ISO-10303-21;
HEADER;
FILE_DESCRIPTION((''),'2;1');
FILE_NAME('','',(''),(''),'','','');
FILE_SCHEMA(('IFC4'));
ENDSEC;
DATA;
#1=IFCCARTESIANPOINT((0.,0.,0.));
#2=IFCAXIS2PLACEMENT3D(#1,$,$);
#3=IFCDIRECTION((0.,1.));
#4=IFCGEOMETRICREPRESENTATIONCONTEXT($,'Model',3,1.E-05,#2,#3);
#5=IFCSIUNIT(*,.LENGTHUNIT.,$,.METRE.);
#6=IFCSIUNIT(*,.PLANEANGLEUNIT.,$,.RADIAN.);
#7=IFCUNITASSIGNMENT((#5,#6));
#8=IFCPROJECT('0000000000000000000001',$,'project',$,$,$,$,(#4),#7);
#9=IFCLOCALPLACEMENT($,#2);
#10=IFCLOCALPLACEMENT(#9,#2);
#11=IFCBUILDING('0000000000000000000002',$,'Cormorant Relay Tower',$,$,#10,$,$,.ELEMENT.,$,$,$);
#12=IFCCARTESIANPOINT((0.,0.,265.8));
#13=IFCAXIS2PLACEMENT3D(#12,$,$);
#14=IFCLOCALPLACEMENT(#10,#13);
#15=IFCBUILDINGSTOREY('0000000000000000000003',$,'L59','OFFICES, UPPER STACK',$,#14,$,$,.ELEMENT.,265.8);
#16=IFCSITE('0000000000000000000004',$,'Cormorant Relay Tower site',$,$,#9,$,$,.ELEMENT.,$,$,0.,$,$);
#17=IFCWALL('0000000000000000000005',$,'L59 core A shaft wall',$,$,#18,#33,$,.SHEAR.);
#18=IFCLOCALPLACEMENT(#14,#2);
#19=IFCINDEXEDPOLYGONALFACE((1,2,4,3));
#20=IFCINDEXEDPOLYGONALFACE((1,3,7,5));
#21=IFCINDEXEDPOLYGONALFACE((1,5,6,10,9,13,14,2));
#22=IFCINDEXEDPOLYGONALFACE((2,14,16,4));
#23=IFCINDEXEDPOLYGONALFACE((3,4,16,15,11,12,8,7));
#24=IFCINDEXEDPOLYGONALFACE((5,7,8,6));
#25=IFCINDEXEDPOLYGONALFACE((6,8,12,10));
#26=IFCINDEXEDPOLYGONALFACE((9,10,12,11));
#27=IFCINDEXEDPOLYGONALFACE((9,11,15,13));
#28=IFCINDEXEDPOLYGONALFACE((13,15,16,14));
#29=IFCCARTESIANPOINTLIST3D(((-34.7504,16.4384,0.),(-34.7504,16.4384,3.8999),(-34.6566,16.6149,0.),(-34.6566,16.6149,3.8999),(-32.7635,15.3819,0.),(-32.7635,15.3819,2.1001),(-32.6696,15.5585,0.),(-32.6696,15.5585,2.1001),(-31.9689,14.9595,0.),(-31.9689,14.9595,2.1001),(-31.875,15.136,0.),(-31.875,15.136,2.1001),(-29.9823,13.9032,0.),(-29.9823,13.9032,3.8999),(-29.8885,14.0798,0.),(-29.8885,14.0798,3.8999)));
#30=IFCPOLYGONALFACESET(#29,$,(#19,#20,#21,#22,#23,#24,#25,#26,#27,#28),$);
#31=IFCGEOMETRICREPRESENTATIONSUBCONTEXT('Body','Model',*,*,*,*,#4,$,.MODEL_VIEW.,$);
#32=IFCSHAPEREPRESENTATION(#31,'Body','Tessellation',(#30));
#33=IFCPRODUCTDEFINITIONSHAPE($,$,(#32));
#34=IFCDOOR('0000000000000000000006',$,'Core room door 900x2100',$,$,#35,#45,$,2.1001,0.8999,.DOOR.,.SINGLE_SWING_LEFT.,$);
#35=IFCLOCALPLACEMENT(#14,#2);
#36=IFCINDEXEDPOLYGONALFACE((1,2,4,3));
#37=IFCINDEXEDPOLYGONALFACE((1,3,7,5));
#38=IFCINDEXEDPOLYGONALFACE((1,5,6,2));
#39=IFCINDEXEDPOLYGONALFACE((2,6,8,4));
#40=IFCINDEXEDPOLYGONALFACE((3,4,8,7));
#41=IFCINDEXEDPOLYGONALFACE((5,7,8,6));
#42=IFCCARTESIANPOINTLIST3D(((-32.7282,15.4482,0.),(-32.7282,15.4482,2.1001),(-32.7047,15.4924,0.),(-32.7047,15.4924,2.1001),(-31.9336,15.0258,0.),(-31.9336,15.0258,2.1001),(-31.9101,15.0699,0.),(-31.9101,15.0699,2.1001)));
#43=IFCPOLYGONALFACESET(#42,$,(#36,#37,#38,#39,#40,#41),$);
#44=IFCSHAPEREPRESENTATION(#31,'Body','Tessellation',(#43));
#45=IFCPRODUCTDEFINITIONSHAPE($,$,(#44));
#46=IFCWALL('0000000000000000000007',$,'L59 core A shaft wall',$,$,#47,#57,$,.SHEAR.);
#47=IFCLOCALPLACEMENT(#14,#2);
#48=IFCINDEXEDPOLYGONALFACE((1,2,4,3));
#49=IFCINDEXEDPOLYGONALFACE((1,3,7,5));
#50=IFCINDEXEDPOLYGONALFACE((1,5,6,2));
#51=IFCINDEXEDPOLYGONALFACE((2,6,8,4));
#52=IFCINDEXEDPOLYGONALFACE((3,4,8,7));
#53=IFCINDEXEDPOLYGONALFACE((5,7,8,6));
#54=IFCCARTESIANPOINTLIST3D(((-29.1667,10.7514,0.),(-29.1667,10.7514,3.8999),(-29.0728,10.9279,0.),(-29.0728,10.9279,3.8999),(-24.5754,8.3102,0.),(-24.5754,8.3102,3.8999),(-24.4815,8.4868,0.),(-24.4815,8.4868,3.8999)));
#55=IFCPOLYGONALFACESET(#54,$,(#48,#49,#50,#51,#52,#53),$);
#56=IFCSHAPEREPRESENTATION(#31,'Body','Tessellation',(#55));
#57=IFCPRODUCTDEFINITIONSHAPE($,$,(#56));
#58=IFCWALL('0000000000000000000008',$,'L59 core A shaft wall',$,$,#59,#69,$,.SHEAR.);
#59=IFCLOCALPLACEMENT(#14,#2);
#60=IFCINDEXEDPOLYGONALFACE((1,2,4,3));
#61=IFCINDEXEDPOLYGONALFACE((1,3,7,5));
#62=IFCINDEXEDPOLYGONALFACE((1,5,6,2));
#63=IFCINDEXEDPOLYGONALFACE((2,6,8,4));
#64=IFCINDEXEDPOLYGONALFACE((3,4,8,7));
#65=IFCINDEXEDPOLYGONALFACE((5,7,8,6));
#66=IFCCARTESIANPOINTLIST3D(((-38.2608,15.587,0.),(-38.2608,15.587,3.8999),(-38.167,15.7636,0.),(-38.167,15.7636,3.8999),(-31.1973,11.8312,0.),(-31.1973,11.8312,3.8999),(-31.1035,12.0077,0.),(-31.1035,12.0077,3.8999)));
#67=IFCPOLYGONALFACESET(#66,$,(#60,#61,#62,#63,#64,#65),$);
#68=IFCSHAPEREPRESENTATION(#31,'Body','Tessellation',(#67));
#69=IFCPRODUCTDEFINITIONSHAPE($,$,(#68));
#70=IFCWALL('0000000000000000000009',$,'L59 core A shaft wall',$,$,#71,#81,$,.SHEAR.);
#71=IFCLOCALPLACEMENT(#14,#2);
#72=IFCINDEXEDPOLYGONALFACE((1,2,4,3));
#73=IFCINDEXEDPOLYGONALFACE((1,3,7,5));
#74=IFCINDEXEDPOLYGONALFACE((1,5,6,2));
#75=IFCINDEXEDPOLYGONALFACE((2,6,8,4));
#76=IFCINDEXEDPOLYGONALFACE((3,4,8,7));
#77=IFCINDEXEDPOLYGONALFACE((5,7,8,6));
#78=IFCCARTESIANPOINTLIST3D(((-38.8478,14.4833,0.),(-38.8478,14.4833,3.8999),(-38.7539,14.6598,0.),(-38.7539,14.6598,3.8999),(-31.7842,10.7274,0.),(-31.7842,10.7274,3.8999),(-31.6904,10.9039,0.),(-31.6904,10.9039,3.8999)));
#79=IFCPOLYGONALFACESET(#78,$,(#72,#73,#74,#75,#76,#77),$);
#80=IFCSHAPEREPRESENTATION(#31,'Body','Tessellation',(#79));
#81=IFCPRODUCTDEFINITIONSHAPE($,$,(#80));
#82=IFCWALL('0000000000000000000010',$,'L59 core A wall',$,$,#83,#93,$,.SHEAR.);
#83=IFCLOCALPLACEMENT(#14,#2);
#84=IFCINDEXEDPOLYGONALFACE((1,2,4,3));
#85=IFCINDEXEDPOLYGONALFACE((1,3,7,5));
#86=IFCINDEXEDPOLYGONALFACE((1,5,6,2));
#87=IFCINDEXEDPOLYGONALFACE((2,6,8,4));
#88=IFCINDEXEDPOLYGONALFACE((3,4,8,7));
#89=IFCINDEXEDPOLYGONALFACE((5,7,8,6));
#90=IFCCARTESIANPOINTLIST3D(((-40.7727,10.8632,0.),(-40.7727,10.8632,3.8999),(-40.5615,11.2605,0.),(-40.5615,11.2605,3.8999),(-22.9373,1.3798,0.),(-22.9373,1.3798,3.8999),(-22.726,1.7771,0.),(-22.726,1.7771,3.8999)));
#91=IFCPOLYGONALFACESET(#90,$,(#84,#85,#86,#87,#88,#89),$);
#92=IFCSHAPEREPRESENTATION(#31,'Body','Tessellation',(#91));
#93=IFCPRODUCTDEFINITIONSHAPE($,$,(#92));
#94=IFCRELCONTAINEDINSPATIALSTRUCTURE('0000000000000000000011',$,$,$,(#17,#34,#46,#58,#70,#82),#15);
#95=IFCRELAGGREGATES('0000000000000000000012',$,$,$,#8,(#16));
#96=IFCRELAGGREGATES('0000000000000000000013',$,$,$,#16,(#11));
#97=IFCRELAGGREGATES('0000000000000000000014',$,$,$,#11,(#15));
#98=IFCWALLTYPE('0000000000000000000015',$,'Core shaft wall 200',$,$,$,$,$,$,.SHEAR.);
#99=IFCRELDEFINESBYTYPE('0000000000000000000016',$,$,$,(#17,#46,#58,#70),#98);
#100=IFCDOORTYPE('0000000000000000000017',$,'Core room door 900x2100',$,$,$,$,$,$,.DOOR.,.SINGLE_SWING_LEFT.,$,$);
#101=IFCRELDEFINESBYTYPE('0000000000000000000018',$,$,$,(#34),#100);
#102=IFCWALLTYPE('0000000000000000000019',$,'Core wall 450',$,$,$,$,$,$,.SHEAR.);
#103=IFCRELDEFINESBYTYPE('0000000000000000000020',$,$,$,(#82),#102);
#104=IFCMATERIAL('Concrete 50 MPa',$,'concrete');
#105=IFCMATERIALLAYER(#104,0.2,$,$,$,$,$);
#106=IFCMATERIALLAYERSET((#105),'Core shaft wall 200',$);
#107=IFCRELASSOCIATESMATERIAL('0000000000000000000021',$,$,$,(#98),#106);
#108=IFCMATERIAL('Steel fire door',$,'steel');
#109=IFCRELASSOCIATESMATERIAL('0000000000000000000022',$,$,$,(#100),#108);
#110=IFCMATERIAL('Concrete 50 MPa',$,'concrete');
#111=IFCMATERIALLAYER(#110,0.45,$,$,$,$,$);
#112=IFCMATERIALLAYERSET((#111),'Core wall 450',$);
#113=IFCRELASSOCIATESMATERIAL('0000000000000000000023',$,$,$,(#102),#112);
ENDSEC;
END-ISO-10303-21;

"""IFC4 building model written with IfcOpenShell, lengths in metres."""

from ifc_helpers import new_model, si_unit, direction, frame, frame_2d, origin, place, context, subcontext, project, spatial, rectangle, extrude, material, layer, layer_set, type_object, element, fill, save


model = new_model("IFC4")

# Units and contexts
model_context = context("Model", 3, precision=1e-05, world=origin(), true_north=direction((0.0, 1.0)))
body_context = subcontext(model_context, "Body", "Model", "MODEL_VIEW")
ifc_project = project(units=[si_unit("LENGTHUNIT", "METRE"), si_unit("PLANEANGLEUNIT", "RADIAN")], contexts=[model_context])

# Site, building, storey
site_placement = place(None, origin())
site = spatial("IfcSite", under=ifc_project, at=site_placement, Name="Cormorant Relay Tower site", CompositionType="ELEMENT", RefElevation=0.0)
building_placement = place(site_placement, origin())
building = spatial("IfcBuilding", under=site, at=building_placement, Name="Cormorant Relay Tower", CompositionType="ELEMENT")
storey_placement = place(building_placement, frame((0.0, 0.0, 265.8)))
storey = spatial("IfcBuildingStorey", under=building, at=storey_placement, Name="L59", Description="OFFICES, UPPER STACK", CompositionType="ELEMENT", Elevation=265.8)

# Shared definitions
ifc_material_1 = material(Name="Concrete 50 MPa", Category="concrete")
ifc_layer_1 = layer(ifc_material_1, 0.2)
ifc_layer_set_1 = layer_set([ifc_layer_1], Name="Core shaft wall 200")
wall_type_1 = type_object("IfcWallType", Name="Core shaft wall 200", PredefinedType="SHEAR", material=ifc_layer_set_1)

# Shared definitions
ifc_material_2 = material(Name="Steel fire door", Category="steel")
door_type_1 = type_object("IfcDoorType", Name="Core room door 900x2100", OperationType="SINGLE_SWING_LEFT", PredefinedType="DOOR", material=ifc_material_2)

# Wall, opening, door
wall_1_placement = place(storey_placement, frame((-29.9353, 13.9915, 0.0), z_axis=(0.0, 0.0, 1.0), x_axis=(-0.882953, 0.469462, 0.0)))
wall_1 = element("IfcWall", 1, at=wall_1_placement, inside=storey, type_object=wall_type_1, Name="L59 core A shaft wall", PredefinedType="SHEAR", context=body_context, shape_type="SweptSolid", body=[
    extrude(rectangle(XDim=5.4001, YDim=0.2, at=frame_2d((2.7002, 0.0))), origin(), (0.0, 0.0, 1.0), 3.8999),
])
opening_1_placement = place(wall_1_placement, frame((2.25, 0.0, 0.0)))
opening_1 = element("IfcOpeningElement", 2, at=opening_1_placement, cuts=wall_1, PredefinedType="OPENING", context=body_context, shape_type="SweptSolid", body=[
    extrude(rectangle(XDim=0.8999, YDim=2.1001, at=frame_2d((0.45, 1.05))), frame((0.0, 0.1099, 0.0), z_axis=(0.0, -1.0, 0.0), x_axis=(1.0, 0.0, 0.0)), (0.0, 0.0, 1.0), 0.22),
])
door_1_placement = place(opening_1_placement, origin())
door_1 = element("IfcDoor", 3, at=door_1_placement, inside=storey, type_object=door_type_1, Name="Core room door 900x2100", OperationType="SINGLE_SWING_LEFT", OverallHeight=2.1001, OverallWidth=0.8999, PredefinedType="DOOR", context=body_context, shape_type="SweptSolid", body=[
    extrude(rectangle(XDim=0.8999, YDim=2.1001, at=frame_2d((0.45, 1.05))), frame((0.0, 0.0249, 0.0), z_axis=(0.0, -1.0, 0.0), x_axis=(1.0, 0.0, 0.0)), (0.0, 0.0, 1.0), 0.05),
])
fill(opening_1, door_1)

# Walls
wall_2_placement = place(storey_placement, frame((-24.5283, 8.3984, 0.0), z_axis=(0.0, 0.0, 1.0), x_axis=(-0.882954, 0.46946, 0.0)))
element("IfcWall", 4, at=wall_2_placement, inside=storey, type_object=wall_type_1, Name="L59 core A shaft wall", PredefinedType="SHEAR", context=body_context, shape_type="SweptSolid", body=[
    extrude(rectangle(XDim=5.2, YDim=0.2, at=frame_2d((2.6001, 0.0))), origin(), (0.0, 0.0, 1.0), 3.8999),
])
for number, where, z_axis, x_axis, name in (
    (5, (-31.1504, 11.9194, 0.0), (0.0, 0.0, 1.0), (-0.88294, 0.469485, 0.0), "L59 core A shaft wall"),
    (6, (-31.7373, 10.8157, 0.0), (0.0, 0.0, 1.0), (-0.88294, 0.469485, 0.0), "L59 core A shaft wall"),
):
    element("IfcWall", number, at=place(storey_placement, frame(where, z_axis=z_axis, x_axis=x_axis)), inside=storey, type_object=wall_type_1, Name=name, PredefinedType="SHEAR", context=body_context, shape_type="SweptSolid", body=[
        extrude(rectangle(XDim=8.0, YDim=0.2, at=frame_2d((4.0, 0.0))), origin(), (0.0, 0.0, 1.0), 3.8999),
    ])
ifc_material_3 = material(Name="Concrete 50 MPa", Category="concrete")
ifc_layer_2 = layer(ifc_material_3, 0.45)
ifc_layer_set_2 = layer_set([ifc_layer_2], Name="Core wall 450")
wall_type_2 = type_object("IfcWallType", Name="Core wall 450", PredefinedType="SHEAR", material=ifc_layer_set_2)
wall_3_placement = place(storey_placement, frame((-22.8315, 1.5784, 0.0), z_axis=(0.0, 0.0, 1.0), x_axis=(-0.882945, 0.469476, 0.0)))
element("IfcWall", 7, at=wall_3_placement, inside=storey, type_object=wall_type_2, Name="L59 core A wall", PredefinedType="SHEAR", context=body_context, shape_type="SweptSolid", body=[
    extrude(rectangle(XDim=20.2, YDim=0.45, at=frame_2d((10.1001, 0.0))), origin(), (0.0, 0.0, 1.0), 3.8999),
])

save(model, "model.ifc")
